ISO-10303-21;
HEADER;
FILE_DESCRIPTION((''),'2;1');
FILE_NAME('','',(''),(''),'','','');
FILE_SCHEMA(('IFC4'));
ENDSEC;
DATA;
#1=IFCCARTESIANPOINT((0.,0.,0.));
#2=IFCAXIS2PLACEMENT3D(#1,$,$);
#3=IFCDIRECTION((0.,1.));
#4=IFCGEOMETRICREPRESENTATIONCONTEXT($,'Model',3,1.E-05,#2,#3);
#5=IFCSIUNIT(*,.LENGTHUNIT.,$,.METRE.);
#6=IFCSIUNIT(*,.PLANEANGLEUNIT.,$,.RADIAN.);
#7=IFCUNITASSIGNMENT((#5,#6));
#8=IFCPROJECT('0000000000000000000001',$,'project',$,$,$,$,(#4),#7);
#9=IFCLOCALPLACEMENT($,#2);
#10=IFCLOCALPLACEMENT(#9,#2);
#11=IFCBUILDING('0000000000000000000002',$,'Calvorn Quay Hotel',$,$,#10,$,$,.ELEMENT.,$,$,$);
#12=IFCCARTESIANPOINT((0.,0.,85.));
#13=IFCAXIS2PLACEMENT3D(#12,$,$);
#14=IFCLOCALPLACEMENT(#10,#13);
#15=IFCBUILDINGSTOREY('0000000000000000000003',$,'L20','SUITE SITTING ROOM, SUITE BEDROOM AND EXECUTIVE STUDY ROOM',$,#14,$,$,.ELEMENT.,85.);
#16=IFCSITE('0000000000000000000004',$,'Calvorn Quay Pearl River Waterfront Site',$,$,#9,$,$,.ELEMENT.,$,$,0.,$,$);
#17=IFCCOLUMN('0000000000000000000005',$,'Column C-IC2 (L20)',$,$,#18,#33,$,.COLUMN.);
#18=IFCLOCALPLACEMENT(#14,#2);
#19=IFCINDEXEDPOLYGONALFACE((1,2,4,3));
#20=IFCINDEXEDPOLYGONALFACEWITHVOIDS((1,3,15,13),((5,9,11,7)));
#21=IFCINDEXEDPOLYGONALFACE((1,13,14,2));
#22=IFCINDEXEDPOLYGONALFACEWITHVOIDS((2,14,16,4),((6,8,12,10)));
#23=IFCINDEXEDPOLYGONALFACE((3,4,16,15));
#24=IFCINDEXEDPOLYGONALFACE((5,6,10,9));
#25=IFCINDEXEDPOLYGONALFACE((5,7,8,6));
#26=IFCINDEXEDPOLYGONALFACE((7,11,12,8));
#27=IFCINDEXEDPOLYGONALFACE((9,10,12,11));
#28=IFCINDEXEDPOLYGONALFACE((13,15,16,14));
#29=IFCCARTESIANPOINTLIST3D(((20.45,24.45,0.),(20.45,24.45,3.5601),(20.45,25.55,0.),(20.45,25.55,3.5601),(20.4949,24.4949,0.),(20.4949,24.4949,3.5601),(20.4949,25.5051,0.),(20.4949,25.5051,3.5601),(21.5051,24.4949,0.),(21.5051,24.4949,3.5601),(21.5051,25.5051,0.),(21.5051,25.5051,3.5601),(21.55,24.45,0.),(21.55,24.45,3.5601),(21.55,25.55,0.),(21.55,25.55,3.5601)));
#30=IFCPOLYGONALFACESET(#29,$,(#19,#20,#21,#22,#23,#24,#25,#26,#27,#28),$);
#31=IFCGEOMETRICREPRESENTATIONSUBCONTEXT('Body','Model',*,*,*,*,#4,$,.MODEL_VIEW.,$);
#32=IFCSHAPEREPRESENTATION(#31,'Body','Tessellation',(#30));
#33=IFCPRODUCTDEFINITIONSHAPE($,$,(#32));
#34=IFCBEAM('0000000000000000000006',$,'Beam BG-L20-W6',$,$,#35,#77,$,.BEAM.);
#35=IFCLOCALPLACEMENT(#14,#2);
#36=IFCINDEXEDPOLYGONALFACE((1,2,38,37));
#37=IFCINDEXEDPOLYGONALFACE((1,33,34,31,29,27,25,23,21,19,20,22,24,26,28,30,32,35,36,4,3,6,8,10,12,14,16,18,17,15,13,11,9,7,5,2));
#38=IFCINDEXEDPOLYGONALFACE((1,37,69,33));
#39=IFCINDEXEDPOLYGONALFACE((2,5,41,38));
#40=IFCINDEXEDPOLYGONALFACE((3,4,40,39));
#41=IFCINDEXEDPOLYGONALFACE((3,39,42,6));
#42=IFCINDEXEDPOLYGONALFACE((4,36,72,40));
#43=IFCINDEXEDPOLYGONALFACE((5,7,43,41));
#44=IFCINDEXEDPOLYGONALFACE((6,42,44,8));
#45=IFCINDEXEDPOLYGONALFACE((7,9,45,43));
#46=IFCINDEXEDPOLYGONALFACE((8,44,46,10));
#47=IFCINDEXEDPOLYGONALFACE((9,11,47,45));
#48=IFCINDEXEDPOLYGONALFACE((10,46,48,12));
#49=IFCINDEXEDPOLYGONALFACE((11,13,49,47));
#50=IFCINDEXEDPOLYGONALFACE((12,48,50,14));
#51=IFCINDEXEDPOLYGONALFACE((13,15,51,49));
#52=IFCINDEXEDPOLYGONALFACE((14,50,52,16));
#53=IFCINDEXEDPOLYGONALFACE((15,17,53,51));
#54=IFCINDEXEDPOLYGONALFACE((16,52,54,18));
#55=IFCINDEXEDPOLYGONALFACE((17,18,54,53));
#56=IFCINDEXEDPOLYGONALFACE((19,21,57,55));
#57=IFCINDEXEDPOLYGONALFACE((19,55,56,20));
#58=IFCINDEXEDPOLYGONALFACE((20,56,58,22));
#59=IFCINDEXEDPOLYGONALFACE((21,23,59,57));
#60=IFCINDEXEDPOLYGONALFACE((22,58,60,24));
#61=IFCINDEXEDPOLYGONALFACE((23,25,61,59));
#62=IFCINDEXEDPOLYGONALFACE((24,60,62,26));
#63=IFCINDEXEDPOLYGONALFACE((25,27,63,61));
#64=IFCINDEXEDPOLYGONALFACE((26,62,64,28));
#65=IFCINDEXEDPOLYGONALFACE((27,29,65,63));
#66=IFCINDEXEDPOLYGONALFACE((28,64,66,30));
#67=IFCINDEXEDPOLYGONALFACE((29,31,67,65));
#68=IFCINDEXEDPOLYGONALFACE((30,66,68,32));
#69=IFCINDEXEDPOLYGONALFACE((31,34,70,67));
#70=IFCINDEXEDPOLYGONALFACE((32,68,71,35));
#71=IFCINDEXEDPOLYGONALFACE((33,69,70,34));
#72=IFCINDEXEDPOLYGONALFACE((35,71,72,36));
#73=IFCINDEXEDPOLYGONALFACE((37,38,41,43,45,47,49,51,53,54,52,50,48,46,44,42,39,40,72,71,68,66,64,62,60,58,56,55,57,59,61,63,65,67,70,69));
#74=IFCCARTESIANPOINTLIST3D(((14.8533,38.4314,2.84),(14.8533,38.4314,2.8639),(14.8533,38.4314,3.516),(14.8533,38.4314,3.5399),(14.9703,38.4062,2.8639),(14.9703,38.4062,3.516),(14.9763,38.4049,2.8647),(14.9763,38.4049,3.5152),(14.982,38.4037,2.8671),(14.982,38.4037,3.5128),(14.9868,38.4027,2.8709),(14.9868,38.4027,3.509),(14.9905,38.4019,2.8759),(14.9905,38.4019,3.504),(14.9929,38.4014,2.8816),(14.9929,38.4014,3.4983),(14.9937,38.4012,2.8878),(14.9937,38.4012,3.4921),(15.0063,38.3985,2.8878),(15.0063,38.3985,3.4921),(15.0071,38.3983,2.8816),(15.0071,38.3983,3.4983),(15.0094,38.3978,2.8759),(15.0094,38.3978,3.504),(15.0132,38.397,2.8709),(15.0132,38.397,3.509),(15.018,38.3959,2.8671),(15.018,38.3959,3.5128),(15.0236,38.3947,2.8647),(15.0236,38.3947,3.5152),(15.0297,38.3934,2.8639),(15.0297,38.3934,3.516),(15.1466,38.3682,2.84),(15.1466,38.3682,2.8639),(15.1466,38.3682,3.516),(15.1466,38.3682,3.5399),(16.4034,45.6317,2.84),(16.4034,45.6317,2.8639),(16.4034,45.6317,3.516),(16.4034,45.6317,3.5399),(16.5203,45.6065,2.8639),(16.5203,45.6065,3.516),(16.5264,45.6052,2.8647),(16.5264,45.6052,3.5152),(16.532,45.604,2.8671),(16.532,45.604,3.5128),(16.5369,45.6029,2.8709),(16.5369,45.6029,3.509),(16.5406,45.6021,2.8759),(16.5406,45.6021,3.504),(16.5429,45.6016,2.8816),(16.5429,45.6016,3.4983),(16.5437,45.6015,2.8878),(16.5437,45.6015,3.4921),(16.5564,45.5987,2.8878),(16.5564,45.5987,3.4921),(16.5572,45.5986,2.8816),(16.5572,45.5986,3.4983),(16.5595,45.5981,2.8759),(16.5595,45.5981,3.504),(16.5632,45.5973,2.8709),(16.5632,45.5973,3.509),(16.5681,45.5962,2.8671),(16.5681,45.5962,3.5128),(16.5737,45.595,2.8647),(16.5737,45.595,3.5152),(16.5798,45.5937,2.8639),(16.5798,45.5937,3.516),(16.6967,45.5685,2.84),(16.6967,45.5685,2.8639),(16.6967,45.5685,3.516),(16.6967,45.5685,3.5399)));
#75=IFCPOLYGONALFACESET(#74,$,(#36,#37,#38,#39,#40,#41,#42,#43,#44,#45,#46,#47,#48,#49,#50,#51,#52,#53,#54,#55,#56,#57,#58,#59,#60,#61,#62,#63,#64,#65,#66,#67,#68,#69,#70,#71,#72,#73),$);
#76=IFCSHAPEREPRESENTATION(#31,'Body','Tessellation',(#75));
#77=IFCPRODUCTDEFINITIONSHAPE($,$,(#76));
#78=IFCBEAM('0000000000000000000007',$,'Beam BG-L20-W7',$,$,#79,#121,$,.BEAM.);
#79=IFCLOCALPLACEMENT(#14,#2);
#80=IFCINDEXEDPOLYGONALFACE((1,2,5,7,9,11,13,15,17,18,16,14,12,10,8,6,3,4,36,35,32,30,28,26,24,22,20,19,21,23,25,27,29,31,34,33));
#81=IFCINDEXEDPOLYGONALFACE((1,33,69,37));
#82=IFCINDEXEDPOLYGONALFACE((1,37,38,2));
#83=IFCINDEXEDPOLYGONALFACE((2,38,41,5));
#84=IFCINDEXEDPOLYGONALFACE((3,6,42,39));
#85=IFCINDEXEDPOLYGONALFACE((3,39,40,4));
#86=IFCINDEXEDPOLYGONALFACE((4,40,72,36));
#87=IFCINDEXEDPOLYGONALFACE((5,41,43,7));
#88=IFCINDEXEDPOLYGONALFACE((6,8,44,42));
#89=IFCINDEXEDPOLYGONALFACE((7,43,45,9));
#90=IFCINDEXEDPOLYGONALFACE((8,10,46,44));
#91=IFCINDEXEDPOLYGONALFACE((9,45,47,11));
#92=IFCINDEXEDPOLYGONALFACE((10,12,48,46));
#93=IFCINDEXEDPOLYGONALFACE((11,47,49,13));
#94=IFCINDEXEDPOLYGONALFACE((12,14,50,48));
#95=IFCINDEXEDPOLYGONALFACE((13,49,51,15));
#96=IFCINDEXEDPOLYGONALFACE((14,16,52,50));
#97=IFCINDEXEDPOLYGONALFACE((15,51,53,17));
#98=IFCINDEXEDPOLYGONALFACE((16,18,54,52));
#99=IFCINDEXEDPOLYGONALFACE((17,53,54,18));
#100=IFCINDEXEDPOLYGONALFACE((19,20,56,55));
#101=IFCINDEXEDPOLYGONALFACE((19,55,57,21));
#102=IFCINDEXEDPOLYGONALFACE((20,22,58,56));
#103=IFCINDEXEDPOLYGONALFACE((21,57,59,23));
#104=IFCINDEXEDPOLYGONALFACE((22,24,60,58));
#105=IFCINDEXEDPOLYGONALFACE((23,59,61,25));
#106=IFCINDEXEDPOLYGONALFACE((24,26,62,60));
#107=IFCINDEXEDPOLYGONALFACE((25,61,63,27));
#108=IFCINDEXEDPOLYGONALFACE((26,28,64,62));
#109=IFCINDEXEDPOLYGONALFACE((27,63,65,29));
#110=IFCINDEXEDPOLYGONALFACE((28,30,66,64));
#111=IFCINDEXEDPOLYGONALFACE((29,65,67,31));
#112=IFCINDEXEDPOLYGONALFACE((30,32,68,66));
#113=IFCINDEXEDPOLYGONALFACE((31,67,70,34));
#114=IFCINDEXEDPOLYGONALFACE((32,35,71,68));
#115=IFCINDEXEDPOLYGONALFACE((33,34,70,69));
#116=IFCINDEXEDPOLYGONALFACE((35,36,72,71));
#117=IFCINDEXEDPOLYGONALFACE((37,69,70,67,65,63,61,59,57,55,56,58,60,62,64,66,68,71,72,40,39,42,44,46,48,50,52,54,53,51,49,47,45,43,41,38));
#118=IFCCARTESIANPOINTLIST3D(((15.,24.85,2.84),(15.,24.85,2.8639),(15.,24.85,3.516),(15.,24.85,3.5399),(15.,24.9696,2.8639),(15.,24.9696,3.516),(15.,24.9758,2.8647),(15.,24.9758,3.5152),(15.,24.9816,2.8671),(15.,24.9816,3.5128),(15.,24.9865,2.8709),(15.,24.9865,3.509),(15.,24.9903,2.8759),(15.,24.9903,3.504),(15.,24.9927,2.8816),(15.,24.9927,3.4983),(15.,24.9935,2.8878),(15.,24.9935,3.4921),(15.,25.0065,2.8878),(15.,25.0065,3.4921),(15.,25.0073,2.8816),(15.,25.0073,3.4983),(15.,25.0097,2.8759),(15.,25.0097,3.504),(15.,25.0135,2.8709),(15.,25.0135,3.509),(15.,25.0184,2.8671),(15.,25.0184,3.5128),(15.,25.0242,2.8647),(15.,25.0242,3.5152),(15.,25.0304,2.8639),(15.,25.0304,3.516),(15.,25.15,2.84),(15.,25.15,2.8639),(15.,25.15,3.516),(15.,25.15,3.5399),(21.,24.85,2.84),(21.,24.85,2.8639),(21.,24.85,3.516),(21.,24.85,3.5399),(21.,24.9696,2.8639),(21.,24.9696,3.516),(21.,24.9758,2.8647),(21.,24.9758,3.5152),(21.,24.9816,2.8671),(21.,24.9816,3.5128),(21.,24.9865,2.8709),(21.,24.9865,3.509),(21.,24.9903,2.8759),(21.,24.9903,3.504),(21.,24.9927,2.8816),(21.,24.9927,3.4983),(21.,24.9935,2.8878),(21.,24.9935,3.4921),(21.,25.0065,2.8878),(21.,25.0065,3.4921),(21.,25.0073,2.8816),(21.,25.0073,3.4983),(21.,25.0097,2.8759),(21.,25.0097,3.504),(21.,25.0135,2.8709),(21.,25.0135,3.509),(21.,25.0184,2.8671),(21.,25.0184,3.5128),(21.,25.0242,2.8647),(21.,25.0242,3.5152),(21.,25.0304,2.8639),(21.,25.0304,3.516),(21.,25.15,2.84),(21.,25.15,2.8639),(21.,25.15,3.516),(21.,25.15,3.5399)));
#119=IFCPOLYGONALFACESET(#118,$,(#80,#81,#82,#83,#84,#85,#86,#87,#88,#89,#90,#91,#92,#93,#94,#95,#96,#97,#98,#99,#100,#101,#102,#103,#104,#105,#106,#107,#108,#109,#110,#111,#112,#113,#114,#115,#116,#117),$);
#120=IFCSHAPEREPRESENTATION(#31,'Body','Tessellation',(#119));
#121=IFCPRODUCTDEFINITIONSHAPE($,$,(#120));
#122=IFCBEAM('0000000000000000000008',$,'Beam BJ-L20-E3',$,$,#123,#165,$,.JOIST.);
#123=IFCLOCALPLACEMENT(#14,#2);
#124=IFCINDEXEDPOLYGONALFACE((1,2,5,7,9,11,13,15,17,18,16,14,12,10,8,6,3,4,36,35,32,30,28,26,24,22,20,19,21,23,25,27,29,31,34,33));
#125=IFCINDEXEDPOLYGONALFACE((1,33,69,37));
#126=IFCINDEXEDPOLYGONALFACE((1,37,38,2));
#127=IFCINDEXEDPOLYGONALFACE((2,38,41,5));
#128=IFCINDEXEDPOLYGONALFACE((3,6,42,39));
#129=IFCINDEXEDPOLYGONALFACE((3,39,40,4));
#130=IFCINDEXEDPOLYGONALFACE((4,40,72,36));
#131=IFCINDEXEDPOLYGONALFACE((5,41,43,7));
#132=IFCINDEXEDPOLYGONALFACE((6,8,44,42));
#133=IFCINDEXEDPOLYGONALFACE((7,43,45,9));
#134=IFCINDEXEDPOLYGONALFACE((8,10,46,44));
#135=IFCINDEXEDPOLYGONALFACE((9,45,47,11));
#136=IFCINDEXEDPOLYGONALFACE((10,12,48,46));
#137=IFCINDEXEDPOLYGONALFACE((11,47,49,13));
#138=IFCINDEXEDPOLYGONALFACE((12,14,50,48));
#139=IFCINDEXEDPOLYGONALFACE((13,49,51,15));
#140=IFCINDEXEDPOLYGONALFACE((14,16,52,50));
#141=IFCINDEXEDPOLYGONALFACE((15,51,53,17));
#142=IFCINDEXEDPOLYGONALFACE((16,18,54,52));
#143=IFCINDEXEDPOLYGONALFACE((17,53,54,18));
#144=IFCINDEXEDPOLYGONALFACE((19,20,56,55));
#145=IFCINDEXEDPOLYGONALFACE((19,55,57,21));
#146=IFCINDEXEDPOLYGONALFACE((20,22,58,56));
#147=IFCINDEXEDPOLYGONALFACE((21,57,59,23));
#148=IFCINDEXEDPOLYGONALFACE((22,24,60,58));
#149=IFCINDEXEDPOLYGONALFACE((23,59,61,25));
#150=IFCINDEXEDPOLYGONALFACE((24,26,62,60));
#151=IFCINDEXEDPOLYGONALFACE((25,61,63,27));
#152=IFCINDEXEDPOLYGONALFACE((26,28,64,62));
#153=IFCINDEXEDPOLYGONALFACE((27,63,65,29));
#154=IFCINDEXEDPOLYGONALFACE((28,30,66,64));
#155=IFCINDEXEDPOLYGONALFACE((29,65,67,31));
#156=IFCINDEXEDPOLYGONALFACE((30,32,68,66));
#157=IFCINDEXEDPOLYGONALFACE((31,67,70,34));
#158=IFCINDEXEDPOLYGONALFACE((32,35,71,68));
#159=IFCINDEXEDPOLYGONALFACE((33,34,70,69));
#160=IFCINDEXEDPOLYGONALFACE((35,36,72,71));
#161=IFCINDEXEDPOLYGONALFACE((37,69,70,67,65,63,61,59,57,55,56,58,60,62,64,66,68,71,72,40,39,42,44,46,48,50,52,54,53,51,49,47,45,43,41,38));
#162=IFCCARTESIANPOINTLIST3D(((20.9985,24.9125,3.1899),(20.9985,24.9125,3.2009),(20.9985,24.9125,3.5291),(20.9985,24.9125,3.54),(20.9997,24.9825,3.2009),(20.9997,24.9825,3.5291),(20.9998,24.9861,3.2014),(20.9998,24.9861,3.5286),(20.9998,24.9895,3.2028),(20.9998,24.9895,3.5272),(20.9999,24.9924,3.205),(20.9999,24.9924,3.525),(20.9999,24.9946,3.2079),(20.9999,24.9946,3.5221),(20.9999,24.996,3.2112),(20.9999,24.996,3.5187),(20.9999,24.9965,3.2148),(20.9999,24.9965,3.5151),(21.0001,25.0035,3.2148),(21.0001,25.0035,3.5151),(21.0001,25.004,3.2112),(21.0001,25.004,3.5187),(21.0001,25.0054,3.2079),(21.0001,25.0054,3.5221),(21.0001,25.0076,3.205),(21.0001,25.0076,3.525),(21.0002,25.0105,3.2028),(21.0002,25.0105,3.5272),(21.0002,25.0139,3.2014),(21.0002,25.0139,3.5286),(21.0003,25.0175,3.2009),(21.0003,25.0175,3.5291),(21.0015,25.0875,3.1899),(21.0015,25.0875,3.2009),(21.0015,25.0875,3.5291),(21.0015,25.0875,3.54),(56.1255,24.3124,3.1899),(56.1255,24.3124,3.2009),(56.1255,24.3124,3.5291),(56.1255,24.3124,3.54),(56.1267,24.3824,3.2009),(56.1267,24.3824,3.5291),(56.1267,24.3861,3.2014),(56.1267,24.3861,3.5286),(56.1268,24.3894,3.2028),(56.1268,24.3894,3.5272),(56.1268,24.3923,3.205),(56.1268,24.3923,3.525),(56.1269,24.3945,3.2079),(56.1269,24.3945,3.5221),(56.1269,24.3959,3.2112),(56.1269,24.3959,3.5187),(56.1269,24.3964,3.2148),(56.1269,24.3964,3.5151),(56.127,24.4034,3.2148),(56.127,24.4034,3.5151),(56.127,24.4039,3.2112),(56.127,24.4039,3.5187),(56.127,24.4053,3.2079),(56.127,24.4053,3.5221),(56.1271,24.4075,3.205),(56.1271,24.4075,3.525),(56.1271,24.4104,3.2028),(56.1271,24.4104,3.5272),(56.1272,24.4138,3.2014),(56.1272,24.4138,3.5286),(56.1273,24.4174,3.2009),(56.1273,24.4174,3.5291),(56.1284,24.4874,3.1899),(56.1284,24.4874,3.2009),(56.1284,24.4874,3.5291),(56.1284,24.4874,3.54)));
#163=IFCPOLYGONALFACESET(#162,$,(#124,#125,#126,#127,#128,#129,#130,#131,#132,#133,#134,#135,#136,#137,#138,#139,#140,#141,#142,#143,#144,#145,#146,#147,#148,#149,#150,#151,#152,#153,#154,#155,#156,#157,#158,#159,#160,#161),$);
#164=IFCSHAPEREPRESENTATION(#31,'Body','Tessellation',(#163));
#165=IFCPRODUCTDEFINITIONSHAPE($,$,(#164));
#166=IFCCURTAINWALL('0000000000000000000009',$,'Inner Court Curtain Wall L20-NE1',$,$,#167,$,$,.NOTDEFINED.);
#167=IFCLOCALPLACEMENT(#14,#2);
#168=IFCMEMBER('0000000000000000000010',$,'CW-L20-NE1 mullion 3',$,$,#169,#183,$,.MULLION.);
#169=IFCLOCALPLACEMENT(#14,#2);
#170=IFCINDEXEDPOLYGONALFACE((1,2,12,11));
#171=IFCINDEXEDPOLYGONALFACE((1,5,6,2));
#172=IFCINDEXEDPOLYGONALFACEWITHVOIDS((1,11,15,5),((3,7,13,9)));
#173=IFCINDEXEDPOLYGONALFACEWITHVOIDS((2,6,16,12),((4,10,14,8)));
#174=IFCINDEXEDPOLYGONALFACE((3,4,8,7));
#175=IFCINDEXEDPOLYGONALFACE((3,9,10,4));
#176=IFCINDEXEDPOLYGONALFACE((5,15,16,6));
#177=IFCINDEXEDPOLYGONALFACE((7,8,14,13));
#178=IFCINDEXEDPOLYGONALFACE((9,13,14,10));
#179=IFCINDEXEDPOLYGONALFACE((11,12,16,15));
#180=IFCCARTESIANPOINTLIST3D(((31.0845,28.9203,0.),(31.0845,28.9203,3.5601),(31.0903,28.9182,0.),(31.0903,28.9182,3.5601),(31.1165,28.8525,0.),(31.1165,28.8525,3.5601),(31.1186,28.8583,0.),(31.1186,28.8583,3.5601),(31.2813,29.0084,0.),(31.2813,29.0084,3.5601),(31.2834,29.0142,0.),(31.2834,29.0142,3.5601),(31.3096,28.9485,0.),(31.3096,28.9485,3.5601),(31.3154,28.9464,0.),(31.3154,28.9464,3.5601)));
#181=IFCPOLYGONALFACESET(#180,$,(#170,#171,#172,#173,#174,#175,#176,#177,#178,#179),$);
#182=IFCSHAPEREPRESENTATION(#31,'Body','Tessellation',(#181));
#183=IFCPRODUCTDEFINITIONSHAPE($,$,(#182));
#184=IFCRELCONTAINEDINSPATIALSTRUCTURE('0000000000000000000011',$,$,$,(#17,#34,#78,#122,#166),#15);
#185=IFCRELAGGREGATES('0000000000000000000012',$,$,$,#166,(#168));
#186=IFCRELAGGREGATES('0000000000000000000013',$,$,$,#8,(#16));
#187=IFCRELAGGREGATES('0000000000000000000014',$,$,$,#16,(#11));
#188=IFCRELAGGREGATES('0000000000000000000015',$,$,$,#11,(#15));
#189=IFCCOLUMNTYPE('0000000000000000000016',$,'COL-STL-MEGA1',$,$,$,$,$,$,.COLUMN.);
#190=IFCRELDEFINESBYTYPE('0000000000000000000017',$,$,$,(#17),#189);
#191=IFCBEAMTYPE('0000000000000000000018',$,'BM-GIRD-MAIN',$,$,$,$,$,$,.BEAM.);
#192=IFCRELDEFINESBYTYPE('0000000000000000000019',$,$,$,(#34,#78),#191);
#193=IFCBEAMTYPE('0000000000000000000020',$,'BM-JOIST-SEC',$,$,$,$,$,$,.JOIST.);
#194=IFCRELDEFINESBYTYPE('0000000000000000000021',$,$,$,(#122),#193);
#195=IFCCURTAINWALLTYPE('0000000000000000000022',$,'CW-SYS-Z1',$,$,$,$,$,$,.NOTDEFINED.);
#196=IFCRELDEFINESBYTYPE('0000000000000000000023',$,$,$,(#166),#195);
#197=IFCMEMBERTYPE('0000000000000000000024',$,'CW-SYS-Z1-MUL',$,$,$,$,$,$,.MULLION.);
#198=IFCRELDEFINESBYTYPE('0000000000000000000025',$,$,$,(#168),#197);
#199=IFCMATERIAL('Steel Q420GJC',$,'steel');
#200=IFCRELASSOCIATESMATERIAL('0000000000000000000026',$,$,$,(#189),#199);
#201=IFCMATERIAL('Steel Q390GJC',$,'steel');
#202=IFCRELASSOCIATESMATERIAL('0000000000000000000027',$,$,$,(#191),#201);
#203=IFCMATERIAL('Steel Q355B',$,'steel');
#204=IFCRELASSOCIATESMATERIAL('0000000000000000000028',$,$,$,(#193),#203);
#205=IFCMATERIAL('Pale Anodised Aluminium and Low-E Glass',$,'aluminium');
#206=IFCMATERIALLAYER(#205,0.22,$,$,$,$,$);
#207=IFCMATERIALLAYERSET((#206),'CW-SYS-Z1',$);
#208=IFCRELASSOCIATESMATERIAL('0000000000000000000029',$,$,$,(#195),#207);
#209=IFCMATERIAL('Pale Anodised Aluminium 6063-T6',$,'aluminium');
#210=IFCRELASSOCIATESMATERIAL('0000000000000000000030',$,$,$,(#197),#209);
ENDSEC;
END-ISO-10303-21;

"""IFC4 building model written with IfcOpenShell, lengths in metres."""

from ifc_helpers import new_model, si_unit, direction, frame, origin, origin_2d, place, context, subcontext, project, spatial, hollow_rectangle, i_section, extrude, material, layer, layer_set, material_profile, profile_set, type_object, element, aggregate, save


model = new_model("IFC4")

# Units and contexts
model_context = context("Model", 3, precision=1e-05, world=origin(), true_north=direction((0.0, 1.0)))
body_context = subcontext(model_context, "Body", "Model", "MODEL_VIEW")
ifc_project = project(units=[si_unit("LENGTHUNIT", "METRE"), si_unit("PLANEANGLEUNIT", "RADIAN")], contexts=[model_context])

# Site, building, storey
site_placement = place(None, origin())
site = spatial("IfcSite", under=ifc_project, at=site_placement, Name="Calvorn Quay Pearl River Waterfront Site", CompositionType="ELEMENT", RefElevation=0.0)
building_placement = place(site_placement, origin())
building = spatial("IfcBuilding", under=site, at=building_placement, Name="Calvorn Quay Hotel", CompositionType="ELEMENT")
storey_placement = place(building_placement, frame((0.0, 0.0, 85.0)))
storey = spatial("IfcBuildingStorey", under=building, at=storey_placement, Name="L20", Description="SUITE SITTING ROOM, SUITE BEDROOM AND EXECUTIVE STUDY ROOM", CompositionType="ELEMENT", Elevation=85.0)

# Column
ifc_material_1 = material(Name="Steel Q420GJC", Category="steel")
ifc_material_profile_1 = material_profile(ifc_material_1, hollow_rectangle(XDim=1.1001, YDim=1.1001, WallThickness=0.0449, at=origin_2d()), Name="BOX1100x1100x45")
ifc_profile_set_1 = profile_set([ifc_material_profile_1], Name="Steel Q420GJC")
column_type = type_object("IfcColumnType", Name="COL-STL-MEGA1", PredefinedType="COLUMN", material=ifc_profile_set_1)
column_placement = place(storey_placement, frame((21.0, 25.0, 0.0), z_axis=(0.0, 0.0, 1.0), x_axis=(1.0, 0.0, 0.0)))
element("IfcColumn", 1, at=column_placement, inside=storey, type_object=column_type, Name="Column C-IC2 (L20)", PredefinedType="COLUMN", context=body_context, shape_type="SweptSolid", body=[
    extrude(hollow_rectangle(XDim=1.1001, YDim=1.1001, WallThickness=0.0449, at=origin_2d()), origin(), (0.0, 0.0, 1.0), 3.5601),
])

# Beams
ifc_material_2 = material(Name="Steel Q390GJC", Category="steel")
ifc_material_profile_2 = material_profile(ifc_material_2, i_section(OverallWidth=0.3, OverallDepth=0.7, WebThickness=0.0129, FlangeThickness=0.0239, FilletRadius=0.0239, at=origin_2d()), Name="HN700x300x13x24")
ifc_profile_set_2 = profile_set([ifc_material_profile_2], Name="Steel Q390GJC")
beam_type_1 = type_object("IfcBeamType", Name="BM-GIRD-MAIN", PredefinedType="BEAM", material=ifc_profile_set_2)
beam_1_placement = place(storey_placement, frame((16.55, 45.6001, 3.1899), z_axis=(-0.210457, -0.977603, 0.0), x_axis=(0.977603, -0.210457, 0.0)))
element("IfcBeam", 2, at=beam_1_placement, inside=storey, type_object=beam_type_1, Name="Beam BG-L20-W6", PredefinedType="BEAM", context=body_context, shape_type="SweptSolid", body=[
    extrude(i_section(OverallWidth=0.3, OverallDepth=0.7, WebThickness=0.0129, FlangeThickness=0.0239, FilletRadius=0.0239, at=origin_2d()), origin(), (0.0, 0.0, 1.0), 7.3652),
])
beam_2_placement = place(storey_placement, frame((21.0, 25.0, 3.1899), z_axis=(-1.0, 0.0, 0.0), x_axis=(0.0, -1.0, 0.0)))
element("IfcBeam", 3, at=beam_2_placement, inside=storey, type_object=beam_type_1, Name="Beam BG-L20-W7", PredefinedType="BEAM", context=body_context, shape_type="SweptSolid", body=[
    extrude(i_section(OverallWidth=0.3, OverallDepth=0.7, WebThickness=0.0129, FlangeThickness=0.0239, FilletRadius=0.0239, at=origin_2d()), origin(), (0.0, 0.0, 1.0), 6.0),
])
ifc_material_3 = material(Name="Steel Q355B", Category="steel")
ifc_material_profile_3 = material_profile(ifc_material_3, i_section(OverallWidth=0.175, OverallDepth=0.3501, WebThickness=0.0071, FlangeThickness=0.011, FilletRadius=0.0139, at=origin_2d()), Name="HN350x175x7x11")
ifc_profile_set_3 = profile_set([ifc_material_profile_3], Name="Steel Q355B")
beam_type_2 = type_object("IfcBeamType", Name="BM-JOIST-SEC", PredefinedType="JOIST", material=ifc_profile_set_3)
beam_3_placement = place(storey_placement, frame((21.0, 25.0, 3.365), z_axis=(0.999854, -0.017081, 0.0), x_axis=(0.017081, 0.999854, 0.0)))
element("IfcBeam", 4, at=beam_3_placement, inside=storey, type_object=beam_type_2, Name="Beam BJ-L20-E3", PredefinedType="JOIST", context=body_context, shape_type="SweptSolid", body=[
    extrude(i_section(OverallWidth=0.175, OverallDepth=0.3501, WebThickness=0.0071, FlangeThickness=0.011, FilletRadius=0.0139, at=origin_2d()), origin(), (0.0, 0.0, 1.0), 35.1321),
])

# Curtain wall, member
ifc_material_4 = material(Name="Pale Anodised Aluminium and Low-E Glass", Category="aluminium")
ifc_layer_1 = layer(ifc_material_4, 0.22)
ifc_layer_set_1 = layer_set([ifc_layer_1], Name="CW-SYS-Z1")
curtain_wall_type = type_object("IfcCurtainWallType", Name="CW-SYS-Z1", PredefinedType="NOTDEFINED", material=ifc_layer_set_1)
curtain_wall_1_placement = place(storey_placement, origin())
curtain_wall_1 = element("IfcCurtainWall", 5, at=curtain_wall_1_placement, inside=storey, type_object=curtain_wall_type, Name="Inner Court Curtain Wall L20-NE1", PredefinedType="NOTDEFINED")
ifc_material_5 = material(Name="Pale Anodised Aluminium 6063-T6", Category="aluminium")
ifc_material_profile_4 = material_profile(ifc_material_5, hollow_rectangle(XDim=0.075, YDim=0.22, WallThickness=0.0044, at=origin_2d()), Name="ALU-M220x75x4.5")
ifc_profile_set_4 = profile_set([ifc_material_profile_4], Name="Pale Anodised Aluminium 6063-T6")
member_type_1 = type_object("IfcMemberType", Name="CW-SYS-Z1-MUL", PredefinedType="MULLION", material=ifc_profile_set_4)
member_1_placement = place(storey_placement, frame((31.2, 28.9333, 0.0), z_axis=(0.0, 0.0, 1.0), x_axis=(0.427006, -0.904249, 0.0)))
member_1 = element("IfcMember", 6, at=member_1_placement, type_object=member_type_1, Name="CW-L20-NE1 mullion 3", PredefinedType="MULLION", context=body_context, shape_type="SweptSolid", body=[
    extrude(hollow_rectangle(XDim=0.075, YDim=0.22, WallThickness=0.0044, at=origin_2d()), origin(), (0.0, 0.0, 1.0), 3.5601),
])

aggregate(curtain_wall_1, [member_1])

save(model, "model.ifc")
